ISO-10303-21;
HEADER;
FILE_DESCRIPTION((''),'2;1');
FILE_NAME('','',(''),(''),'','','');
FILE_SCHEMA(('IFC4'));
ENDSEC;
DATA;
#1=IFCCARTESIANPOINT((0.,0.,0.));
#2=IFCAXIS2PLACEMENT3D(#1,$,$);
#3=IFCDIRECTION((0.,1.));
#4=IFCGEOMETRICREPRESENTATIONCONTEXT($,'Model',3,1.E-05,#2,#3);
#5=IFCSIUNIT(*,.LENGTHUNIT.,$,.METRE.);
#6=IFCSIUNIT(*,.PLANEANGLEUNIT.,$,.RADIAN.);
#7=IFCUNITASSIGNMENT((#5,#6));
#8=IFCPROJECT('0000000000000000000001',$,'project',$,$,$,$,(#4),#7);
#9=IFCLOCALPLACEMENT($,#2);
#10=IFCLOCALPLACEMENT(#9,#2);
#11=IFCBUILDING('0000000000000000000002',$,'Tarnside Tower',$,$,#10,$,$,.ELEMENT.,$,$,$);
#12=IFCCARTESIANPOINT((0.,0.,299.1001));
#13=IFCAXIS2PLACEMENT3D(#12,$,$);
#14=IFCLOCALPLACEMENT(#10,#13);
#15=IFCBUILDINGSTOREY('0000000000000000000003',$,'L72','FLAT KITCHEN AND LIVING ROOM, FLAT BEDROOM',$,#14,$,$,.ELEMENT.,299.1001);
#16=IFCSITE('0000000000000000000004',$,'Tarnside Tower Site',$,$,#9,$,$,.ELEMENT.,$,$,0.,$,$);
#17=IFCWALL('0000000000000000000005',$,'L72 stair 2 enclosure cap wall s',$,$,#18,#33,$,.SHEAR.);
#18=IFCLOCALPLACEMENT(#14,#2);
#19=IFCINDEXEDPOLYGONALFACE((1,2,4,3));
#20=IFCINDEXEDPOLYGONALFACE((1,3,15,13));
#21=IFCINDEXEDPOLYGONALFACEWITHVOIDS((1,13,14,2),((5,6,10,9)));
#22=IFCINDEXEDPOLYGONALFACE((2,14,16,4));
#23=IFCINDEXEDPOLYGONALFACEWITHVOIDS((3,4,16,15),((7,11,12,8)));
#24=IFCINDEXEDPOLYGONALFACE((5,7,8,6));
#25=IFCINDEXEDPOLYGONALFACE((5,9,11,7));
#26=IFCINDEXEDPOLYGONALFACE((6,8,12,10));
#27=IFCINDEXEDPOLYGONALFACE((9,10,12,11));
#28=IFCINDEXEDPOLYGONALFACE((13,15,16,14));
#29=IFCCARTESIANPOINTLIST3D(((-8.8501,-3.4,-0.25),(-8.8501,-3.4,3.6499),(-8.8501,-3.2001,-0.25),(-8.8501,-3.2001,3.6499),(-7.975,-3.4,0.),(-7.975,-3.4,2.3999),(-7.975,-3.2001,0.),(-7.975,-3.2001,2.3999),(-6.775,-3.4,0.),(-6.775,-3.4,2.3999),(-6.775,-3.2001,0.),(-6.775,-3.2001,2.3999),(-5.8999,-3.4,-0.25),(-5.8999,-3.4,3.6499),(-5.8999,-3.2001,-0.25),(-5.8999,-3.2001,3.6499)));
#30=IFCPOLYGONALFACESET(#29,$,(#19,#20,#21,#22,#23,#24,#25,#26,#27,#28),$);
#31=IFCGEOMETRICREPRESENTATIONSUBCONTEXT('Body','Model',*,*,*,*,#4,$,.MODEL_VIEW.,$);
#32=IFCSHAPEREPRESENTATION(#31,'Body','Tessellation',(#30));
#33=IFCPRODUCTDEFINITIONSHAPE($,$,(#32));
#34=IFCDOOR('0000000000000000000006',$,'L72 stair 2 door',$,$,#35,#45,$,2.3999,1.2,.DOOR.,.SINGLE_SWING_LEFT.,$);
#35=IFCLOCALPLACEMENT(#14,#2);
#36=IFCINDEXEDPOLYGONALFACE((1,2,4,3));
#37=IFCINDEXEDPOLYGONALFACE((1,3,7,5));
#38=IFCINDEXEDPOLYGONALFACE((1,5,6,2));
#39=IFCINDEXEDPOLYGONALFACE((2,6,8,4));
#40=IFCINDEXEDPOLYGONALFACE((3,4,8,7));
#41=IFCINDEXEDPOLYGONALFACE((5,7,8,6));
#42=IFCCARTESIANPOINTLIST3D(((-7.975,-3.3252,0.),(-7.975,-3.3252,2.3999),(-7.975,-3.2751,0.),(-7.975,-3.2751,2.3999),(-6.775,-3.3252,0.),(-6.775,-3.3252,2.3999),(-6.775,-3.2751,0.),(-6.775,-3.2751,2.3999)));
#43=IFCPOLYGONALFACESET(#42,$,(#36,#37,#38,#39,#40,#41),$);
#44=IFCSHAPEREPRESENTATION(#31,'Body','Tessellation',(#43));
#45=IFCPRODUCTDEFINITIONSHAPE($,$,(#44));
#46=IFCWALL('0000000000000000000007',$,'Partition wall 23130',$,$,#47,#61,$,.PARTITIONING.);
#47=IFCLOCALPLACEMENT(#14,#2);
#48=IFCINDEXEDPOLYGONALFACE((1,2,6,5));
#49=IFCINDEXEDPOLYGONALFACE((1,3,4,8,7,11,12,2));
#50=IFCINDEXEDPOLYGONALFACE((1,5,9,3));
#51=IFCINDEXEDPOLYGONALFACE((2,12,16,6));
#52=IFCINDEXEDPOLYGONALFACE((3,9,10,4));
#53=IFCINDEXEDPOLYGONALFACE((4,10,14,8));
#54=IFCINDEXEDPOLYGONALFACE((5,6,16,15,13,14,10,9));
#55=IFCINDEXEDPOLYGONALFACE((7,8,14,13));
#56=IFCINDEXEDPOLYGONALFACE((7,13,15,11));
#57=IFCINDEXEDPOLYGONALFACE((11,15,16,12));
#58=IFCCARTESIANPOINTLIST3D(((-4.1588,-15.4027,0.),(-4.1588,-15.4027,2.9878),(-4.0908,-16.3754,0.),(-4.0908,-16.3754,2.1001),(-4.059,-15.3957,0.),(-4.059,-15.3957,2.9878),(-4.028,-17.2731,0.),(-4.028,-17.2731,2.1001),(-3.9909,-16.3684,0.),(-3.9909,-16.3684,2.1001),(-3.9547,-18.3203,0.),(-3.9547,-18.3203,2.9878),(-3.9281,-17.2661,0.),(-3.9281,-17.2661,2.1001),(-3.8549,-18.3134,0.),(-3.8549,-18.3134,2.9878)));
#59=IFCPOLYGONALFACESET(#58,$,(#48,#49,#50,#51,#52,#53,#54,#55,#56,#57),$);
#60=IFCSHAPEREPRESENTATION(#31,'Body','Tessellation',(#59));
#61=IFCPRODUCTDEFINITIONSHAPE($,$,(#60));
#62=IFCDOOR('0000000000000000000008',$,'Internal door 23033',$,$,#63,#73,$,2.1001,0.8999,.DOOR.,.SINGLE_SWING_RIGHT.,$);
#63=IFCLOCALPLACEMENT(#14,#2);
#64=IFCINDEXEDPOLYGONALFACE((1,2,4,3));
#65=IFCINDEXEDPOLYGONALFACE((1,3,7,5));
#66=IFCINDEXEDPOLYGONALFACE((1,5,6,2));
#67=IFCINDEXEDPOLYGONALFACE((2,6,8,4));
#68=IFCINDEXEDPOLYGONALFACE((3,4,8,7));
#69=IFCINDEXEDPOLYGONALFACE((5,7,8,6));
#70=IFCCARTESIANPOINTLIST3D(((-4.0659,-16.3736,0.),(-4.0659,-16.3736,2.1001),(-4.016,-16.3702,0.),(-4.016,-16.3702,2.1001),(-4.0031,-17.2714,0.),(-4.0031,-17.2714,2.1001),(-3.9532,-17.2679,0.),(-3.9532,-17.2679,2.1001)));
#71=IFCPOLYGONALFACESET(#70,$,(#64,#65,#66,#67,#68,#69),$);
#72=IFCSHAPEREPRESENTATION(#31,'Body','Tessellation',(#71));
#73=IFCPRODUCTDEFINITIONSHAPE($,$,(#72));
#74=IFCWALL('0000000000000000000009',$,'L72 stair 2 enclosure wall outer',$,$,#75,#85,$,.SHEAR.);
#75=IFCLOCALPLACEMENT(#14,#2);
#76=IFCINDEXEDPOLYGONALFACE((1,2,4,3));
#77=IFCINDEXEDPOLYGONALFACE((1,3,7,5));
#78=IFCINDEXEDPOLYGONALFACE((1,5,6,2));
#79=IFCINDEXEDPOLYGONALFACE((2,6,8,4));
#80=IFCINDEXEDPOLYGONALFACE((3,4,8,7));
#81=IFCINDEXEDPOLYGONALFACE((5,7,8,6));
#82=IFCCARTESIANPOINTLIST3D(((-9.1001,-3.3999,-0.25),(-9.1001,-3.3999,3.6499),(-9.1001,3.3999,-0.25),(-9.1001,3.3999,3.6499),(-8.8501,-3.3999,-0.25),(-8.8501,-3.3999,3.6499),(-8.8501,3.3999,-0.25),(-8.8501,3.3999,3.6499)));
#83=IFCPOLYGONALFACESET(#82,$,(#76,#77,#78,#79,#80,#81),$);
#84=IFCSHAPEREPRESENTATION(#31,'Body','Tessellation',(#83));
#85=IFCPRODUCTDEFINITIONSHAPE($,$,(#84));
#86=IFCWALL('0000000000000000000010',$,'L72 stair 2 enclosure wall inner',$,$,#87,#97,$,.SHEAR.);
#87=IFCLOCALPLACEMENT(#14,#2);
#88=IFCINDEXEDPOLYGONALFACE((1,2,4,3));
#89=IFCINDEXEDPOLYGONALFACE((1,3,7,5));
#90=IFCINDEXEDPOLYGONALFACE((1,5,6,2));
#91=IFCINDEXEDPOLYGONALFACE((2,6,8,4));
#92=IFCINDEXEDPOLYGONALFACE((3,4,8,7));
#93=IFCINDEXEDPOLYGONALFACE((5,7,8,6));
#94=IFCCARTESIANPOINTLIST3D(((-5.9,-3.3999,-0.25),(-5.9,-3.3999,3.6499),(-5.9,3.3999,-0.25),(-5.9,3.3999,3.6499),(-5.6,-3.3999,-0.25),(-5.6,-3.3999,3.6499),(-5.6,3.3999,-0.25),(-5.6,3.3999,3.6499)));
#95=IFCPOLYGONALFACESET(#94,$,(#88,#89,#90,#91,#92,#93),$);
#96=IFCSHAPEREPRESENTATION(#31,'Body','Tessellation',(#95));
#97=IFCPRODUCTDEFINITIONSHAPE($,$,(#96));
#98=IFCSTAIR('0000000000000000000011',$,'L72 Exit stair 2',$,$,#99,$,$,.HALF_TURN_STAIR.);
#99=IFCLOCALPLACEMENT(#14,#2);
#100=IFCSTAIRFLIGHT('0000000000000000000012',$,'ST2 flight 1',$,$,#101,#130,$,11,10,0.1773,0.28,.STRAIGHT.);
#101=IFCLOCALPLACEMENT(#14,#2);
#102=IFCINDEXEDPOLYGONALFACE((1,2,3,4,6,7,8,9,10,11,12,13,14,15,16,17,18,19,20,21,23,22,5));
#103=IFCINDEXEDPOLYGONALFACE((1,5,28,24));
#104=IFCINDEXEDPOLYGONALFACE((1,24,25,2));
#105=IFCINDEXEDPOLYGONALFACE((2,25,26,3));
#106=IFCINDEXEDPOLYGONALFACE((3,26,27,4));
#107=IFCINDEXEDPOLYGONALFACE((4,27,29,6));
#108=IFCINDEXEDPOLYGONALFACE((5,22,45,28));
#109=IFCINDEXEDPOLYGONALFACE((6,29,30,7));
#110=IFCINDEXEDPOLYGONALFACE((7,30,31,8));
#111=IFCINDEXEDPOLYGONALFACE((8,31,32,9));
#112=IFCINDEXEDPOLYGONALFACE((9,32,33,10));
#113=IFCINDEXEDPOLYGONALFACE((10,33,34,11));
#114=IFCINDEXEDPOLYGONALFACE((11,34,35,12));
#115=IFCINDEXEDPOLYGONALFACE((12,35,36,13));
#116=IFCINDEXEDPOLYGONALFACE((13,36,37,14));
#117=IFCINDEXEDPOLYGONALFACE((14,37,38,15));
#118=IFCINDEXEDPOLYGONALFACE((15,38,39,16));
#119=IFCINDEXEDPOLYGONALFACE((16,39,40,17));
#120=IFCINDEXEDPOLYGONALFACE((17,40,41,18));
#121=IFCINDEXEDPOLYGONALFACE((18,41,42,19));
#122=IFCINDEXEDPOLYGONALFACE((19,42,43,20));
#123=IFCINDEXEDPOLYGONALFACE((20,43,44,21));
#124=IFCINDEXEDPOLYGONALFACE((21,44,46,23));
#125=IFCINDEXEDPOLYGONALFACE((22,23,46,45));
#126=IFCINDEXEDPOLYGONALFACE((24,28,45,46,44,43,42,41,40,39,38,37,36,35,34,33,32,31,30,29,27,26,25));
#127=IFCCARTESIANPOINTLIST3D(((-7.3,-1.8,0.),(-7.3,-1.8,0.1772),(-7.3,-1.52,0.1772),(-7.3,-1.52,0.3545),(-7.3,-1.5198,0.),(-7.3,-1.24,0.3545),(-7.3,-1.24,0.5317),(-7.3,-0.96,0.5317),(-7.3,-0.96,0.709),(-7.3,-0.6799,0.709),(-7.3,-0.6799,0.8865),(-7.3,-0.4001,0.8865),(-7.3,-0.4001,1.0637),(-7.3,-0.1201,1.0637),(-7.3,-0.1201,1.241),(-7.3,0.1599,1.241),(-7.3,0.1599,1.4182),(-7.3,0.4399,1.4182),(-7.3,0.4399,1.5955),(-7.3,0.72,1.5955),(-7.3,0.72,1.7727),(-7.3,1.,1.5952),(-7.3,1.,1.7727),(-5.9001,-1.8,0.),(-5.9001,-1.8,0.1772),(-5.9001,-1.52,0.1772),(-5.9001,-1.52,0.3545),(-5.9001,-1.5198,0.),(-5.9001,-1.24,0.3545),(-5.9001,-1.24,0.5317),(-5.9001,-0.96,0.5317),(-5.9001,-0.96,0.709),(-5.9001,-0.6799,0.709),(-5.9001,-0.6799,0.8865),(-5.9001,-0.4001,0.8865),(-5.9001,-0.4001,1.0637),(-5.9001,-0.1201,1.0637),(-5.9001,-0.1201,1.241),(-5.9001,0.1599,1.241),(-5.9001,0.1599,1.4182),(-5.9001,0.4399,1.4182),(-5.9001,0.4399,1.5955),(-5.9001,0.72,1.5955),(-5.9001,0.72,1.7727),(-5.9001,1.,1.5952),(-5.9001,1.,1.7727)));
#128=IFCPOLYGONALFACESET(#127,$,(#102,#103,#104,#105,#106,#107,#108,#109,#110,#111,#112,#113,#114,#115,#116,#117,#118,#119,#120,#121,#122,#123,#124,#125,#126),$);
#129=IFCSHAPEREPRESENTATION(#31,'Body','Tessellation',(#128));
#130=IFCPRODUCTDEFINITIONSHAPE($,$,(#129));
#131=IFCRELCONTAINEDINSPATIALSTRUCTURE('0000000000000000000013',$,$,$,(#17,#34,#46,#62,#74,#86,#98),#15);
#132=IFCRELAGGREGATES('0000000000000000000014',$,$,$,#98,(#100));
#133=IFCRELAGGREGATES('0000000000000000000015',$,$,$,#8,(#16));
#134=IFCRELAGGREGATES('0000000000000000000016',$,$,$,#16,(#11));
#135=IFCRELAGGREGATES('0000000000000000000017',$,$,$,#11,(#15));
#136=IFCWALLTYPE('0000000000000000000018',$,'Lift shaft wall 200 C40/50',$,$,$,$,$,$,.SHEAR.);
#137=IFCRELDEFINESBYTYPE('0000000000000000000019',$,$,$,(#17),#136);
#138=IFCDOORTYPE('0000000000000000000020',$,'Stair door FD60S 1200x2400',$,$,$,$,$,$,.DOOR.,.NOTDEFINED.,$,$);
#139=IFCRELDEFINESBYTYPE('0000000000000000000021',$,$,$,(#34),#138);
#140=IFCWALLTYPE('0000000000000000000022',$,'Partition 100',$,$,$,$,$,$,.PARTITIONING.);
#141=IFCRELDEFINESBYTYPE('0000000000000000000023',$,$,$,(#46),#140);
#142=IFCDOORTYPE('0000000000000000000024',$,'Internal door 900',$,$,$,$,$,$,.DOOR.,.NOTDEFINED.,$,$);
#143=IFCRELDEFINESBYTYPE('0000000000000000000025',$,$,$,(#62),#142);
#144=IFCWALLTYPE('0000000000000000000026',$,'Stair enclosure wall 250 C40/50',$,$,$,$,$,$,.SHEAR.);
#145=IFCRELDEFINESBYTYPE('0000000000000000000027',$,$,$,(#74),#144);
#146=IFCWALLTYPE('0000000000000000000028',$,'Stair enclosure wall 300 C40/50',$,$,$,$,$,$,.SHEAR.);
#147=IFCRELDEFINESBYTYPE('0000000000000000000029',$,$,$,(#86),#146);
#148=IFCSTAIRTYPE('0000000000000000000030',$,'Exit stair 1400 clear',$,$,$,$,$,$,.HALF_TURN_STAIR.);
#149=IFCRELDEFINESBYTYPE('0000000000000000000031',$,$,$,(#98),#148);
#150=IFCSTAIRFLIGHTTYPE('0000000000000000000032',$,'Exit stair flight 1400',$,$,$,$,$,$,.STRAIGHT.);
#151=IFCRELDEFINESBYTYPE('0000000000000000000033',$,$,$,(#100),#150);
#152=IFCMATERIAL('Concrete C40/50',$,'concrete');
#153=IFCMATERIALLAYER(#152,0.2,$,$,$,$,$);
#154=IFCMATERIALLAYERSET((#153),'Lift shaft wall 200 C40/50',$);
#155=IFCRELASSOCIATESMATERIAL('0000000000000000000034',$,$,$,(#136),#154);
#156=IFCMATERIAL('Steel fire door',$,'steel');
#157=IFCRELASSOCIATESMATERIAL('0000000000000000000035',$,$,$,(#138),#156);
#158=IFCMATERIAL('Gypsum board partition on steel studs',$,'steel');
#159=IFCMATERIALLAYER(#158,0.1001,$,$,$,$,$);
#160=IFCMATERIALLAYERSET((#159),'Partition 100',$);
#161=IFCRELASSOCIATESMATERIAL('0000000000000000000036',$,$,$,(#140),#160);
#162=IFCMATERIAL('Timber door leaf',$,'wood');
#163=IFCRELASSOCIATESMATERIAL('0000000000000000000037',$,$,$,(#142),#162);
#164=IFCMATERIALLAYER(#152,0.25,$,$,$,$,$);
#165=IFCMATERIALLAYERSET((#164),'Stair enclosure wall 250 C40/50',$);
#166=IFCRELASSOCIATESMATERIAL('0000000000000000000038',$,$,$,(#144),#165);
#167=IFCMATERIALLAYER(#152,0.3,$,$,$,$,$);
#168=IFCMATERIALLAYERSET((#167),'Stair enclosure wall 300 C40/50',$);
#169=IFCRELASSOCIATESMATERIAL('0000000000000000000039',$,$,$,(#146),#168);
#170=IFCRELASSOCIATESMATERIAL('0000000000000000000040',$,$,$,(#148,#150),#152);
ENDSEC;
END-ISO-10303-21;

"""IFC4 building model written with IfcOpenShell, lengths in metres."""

from ifc_helpers import new_model, si_unit, direction, frame, frame_2d, origin, place, context, subcontext, project, spatial, polyline, rectangle, outline, extrude, material, layer, layer_set, type_object, element, fill, aggregate, save


model = new_model("IFC4")

# Units and contexts
model_context = context("Model", 3, precision=1e-05, world=origin(), true_north=direction((0.0, 1.0)))
body_context = subcontext(model_context, "Body", "Model", "MODEL_VIEW")
ifc_project = project(units=[si_unit("LENGTHUNIT", "METRE"), si_unit("PLANEANGLEUNIT", "RADIAN")], contexts=[model_context])

# Site, building, storey
site_placement = place(None, origin())
site = spatial("IfcSite", under=ifc_project, at=site_placement, Name="Tarnside Tower Site", CompositionType="ELEMENT", RefElevation=0.0)
building_placement = place(site_placement, origin())
building = spatial("IfcBuilding", under=site, at=building_placement, Name="Tarnside Tower", CompositionType="ELEMENT")
storey_placement = place(building_placement, frame((0.0, 0.0, 299.1001)))
storey = spatial("IfcBuildingStorey", under=building, at=storey_placement, Name="L72", Description="FLAT KITCHEN AND LIVING ROOM, FLAT BEDROOM", CompositionType="ELEMENT", Elevation=299.1001)

# Shared definitions
ifc_material_1 = material(Name="Gypsum board partition on steel studs", Category="steel")

# Shared definitions
ifc_material_2 = material(Name="Timber door leaf", Category="wood")

# Shared definitions
ifc_material_3 = material(Name="Concrete C40/50", Category="concrete")
ifc_layer_1 = layer(ifc_material_3, 0.2)
ifc_layer_set_1 = layer_set([ifc_layer_1], Name="Lift shaft wall 200 C40/50")
wall_type_1 = type_object("IfcWallType", Name="Lift shaft wall 200 C40/50", PredefinedType="SHEAR", material=ifc_layer_set_1)

# Walls, openings, doors
wall_1_placement = place(storey_placement, frame((-8.8501, -3.3, -0.25), z_axis=(0.0, 0.0, 1.0), x_axis=(1.0, 0.0, 0.0)))
wall_1 = element("IfcWall", 1, at=wall_1_placement, inside=storey, type_object=wall_type_1, Name="L72 stair 2 enclosure cap wall s", PredefinedType="SHEAR", context=body_context, shape_type="SweptSolid", body=[
    extrude(rectangle(XDim=2.9502, YDim=0.2, at=frame_2d((1.4751, 0.0))), origin(), (0.0, 0.0, 1.0), 3.8999),
])
opening_1_placement = place(wall_1_placement, frame((0.875, 0.0, 0.25)))
opening_1 = element("IfcOpeningElement", 2, at=opening_1_placement, cuts=wall_1, PredefinedType="OPENING", context=body_context, shape_type="SweptSolid", body=[
    extrude(rectangle(XDim=1.2, YDim=2.3999, at=frame_2d((0.6001, 1.2))), frame((0.0, 0.1099, 0.0), z_axis=(0.0, -1.0, 0.0), x_axis=(1.0, 0.0, 0.0)), (0.0, 0.0, 1.0), 0.22),
])
ifc_material_4 = material(Name="Steel fire door", Category="steel")
door_type_1 = type_object("IfcDoorType", Name="Stair door FD60S 1200x2400", OperationType="NOTDEFINED", PredefinedType="DOOR", material=ifc_material_4)
door_1_placement = place(opening_1_placement, origin())
door_1 = element("IfcDoor", 3, at=door_1_placement, inside=storey, type_object=door_type_1, Name="L72 stair 2 door", OperationType="SINGLE_SWING_LEFT", OverallHeight=2.3999, OverallWidth=1.2, PredefinedType="DOOR", context=body_context, shape_type="SweptSolid", body=[
    extrude(rectangle(XDim=1.2, YDim=2.3999, at=frame_2d((0.6001, 1.2))), frame((0.0, 0.0249, 0.0), z_axis=(0.0, -1.0, 0.0), x_axis=(1.0, 0.0, 0.0)), (0.0, 0.0, 1.0), 0.05),
])
fill(opening_1, door_1)
ifc_layer_2 = layer(ifc_material_1, 0.1001)
ifc_layer_set_2 = layer_set([ifc_layer_2], Name="Partition 100")
wall_type_2 = type_object("IfcWallType", Name="Partition 100", PredefinedType="PARTITIONING", material=ifc_layer_set_2)
wall_2_placement = place(storey_placement, frame((-4.1089, -15.3992, 0.0), z_axis=(0.0, 0.0, 1.0), x_axis=(0.069782, -0.997562, 0.0)))
wall_2 = element("IfcWall", 4, at=wall_2_placement, inside=storey, type_object=wall_type_2, Name="Partition wall 23130", PredefinedType="PARTITIONING", context=body_context, shape_type="SweptSolid", body=[
    extrude(rectangle(XDim=2.9248, YDim=0.1001, at=frame_2d((1.4624, 0.0))), origin(), (0.0, 0.0, 1.0), 2.9878),
])
opening_2_placement = place(wall_2_placement, frame((0.9751, 0.0, 0.0)))
opening_2 = element("IfcOpeningElement", 5, at=opening_2_placement, cuts=wall_2, PredefinedType="OPENING", context=body_context, shape_type="SweptSolid", body=[
    extrude(rectangle(XDim=0.8999, YDim=2.1001, at=frame_2d((0.45, 1.05))), frame((0.0, 0.0601, 0.0), z_axis=(0.0, -1.0, 0.0), x_axis=(1.0, 0.0, 0.0)), (0.0, 0.0, 1.0), 0.1201),
])
door_type_2 = type_object("IfcDoorType", Name="Internal door 900", OperationType="NOTDEFINED", PredefinedType="DOOR", material=ifc_material_2)
door_2_placement = place(opening_2_placement, origin())
door_2 = element("IfcDoor", 6, at=door_2_placement, inside=storey, type_object=door_type_2, Name="Internal door 23033", OperationType="SINGLE_SWING_RIGHT", OverallHeight=2.1001, OverallWidth=0.8999, PredefinedType="DOOR", context=body_context, shape_type="SweptSolid", body=[
    extrude(rectangle(XDim=0.8999, YDim=2.1001, at=frame_2d((0.45, 1.05))), frame((0.0, 0.0249, 0.0), z_axis=(0.0, -1.0, 0.0), x_axis=(1.0, 0.0, 0.0)), (0.0, 0.0, 1.0), 0.05),
])
fill(opening_2, door_2)

# Walls
ifc_layer_3 = layer(ifc_material_3, 0.25)
ifc_layer_set_3 = layer_set([ifc_layer_3], Name="Stair enclosure wall 250 C40/50")
wall_type_3 = type_object("IfcWallType", Name="Stair enclosure wall 250 C40/50", PredefinedType="SHEAR", material=ifc_layer_set_3)
wall_3_placement = place(storey_placement, frame((-8.9751, -3.3999, -0.25), z_axis=(0.0, 0.0, 1.0), x_axis=(0.0, 1.0, 0.0)))
element("IfcWall", 7, at=wall_3_placement, inside=storey, type_object=wall_type_3, Name="L72 stair 2 enclosure wall outer", PredefinedType="SHEAR", context=body_context, shape_type="SweptSolid", body=[
    extrude(rectangle(XDim=6.7998, YDim=0.25, at=frame_2d((3.3999, 0.0))), origin(), (0.0, 0.0, 1.0), 3.8999),
])
ifc_layer_4 = layer(ifc_material_3, 0.3)
ifc_layer_set_4 = layer_set([ifc_layer_4], Name="Stair enclosure wall 300 C40/50")
wall_type_4 = type_object("IfcWallType", Name="Stair enclosure wall 300 C40/50", PredefinedType="SHEAR", material=ifc_layer_set_4)
wall_4_placement = place(storey_placement, frame((-5.75, -3.3999, -0.25), z_axis=(0.0, 0.0, 1.0), x_axis=(0.0, 1.0, 0.0)))
element("IfcWall", 8, at=wall_4_placement, inside=storey, type_object=wall_type_4, Name="L72 stair 2 enclosure wall inner", PredefinedType="SHEAR", context=body_context, shape_type="SweptSolid", body=[
    extrude(rectangle(XDim=6.7998, YDim=0.3, at=frame_2d((3.3999, 0.0))), origin(), (0.0, 0.0, 1.0), 3.8999),
])

# Stair, stair flight
stair_type = type_object("IfcStairType", Name="Exit stair 1400 clear", PredefinedType="HALF_TURN_STAIR", material=ifc_material_3)
stair_placement = place(storey_placement, origin())
stair = element("IfcStair", 9, at=stair_placement, inside=storey, type_object=stair_type, Name="L72 Exit stair 2", PredefinedType="HALF_TURN_STAIR")
stair_flight_type = type_object("IfcStairFlightType", Name="Exit stair flight 1400", PredefinedType="STRAIGHT", material=ifc_material_3)
stair_flight_placement = place(storey_placement, frame((-6.6001, -1.8, 0.0), z_axis=(0.0, 0.0, 1.0), x_axis=(0.0, 1.0, 0.0)))
stair_flight = element("IfcStairFlight", 10, at=stair_flight_placement, type_object=stair_flight_type, Name="ST2 flight 1", NumberOfRisers=11, NumberOfTreads=10, PredefinedType="STRAIGHT", RiserHeight=0.1773, TreadLength=0.28, context=body_context, shape_type="SweptSolid", body=[
    extrude(outline(polyline([(0.0, 0.0), (0.0, 0.1772), (0.28, 0.1772), (0.28, 0.3545), (0.5601, 0.3545), (0.5601, 0.5317), (0.8401, 0.5317), (0.8401, 0.709), (1.1201, 0.709), (1.1201, 0.8865), (1.3999, 0.8865), (1.3999, 1.0637), (1.6799, 1.0637), (1.6799, 1.241), (1.96, 1.241), (1.96, 1.4182), (2.24, 1.4182), (2.24, 1.5955), (2.52, 1.5955), (2.52, 1.7727), (2.8, 1.7727), (2.8, 1.95), (2.8, 1.5952), (0.2803, 0.0), (0.0, 0.0)])), frame((0.0, 0.7, 0.0), z_axis=(0.0, -1.0, 0.0), x_axis=(1.0, 0.0, 0.0)), (0.0, 0.0, 1.0), 1.3999),
])
aggregate(stair, [stair_flight])

save(model, "model.ifc")
